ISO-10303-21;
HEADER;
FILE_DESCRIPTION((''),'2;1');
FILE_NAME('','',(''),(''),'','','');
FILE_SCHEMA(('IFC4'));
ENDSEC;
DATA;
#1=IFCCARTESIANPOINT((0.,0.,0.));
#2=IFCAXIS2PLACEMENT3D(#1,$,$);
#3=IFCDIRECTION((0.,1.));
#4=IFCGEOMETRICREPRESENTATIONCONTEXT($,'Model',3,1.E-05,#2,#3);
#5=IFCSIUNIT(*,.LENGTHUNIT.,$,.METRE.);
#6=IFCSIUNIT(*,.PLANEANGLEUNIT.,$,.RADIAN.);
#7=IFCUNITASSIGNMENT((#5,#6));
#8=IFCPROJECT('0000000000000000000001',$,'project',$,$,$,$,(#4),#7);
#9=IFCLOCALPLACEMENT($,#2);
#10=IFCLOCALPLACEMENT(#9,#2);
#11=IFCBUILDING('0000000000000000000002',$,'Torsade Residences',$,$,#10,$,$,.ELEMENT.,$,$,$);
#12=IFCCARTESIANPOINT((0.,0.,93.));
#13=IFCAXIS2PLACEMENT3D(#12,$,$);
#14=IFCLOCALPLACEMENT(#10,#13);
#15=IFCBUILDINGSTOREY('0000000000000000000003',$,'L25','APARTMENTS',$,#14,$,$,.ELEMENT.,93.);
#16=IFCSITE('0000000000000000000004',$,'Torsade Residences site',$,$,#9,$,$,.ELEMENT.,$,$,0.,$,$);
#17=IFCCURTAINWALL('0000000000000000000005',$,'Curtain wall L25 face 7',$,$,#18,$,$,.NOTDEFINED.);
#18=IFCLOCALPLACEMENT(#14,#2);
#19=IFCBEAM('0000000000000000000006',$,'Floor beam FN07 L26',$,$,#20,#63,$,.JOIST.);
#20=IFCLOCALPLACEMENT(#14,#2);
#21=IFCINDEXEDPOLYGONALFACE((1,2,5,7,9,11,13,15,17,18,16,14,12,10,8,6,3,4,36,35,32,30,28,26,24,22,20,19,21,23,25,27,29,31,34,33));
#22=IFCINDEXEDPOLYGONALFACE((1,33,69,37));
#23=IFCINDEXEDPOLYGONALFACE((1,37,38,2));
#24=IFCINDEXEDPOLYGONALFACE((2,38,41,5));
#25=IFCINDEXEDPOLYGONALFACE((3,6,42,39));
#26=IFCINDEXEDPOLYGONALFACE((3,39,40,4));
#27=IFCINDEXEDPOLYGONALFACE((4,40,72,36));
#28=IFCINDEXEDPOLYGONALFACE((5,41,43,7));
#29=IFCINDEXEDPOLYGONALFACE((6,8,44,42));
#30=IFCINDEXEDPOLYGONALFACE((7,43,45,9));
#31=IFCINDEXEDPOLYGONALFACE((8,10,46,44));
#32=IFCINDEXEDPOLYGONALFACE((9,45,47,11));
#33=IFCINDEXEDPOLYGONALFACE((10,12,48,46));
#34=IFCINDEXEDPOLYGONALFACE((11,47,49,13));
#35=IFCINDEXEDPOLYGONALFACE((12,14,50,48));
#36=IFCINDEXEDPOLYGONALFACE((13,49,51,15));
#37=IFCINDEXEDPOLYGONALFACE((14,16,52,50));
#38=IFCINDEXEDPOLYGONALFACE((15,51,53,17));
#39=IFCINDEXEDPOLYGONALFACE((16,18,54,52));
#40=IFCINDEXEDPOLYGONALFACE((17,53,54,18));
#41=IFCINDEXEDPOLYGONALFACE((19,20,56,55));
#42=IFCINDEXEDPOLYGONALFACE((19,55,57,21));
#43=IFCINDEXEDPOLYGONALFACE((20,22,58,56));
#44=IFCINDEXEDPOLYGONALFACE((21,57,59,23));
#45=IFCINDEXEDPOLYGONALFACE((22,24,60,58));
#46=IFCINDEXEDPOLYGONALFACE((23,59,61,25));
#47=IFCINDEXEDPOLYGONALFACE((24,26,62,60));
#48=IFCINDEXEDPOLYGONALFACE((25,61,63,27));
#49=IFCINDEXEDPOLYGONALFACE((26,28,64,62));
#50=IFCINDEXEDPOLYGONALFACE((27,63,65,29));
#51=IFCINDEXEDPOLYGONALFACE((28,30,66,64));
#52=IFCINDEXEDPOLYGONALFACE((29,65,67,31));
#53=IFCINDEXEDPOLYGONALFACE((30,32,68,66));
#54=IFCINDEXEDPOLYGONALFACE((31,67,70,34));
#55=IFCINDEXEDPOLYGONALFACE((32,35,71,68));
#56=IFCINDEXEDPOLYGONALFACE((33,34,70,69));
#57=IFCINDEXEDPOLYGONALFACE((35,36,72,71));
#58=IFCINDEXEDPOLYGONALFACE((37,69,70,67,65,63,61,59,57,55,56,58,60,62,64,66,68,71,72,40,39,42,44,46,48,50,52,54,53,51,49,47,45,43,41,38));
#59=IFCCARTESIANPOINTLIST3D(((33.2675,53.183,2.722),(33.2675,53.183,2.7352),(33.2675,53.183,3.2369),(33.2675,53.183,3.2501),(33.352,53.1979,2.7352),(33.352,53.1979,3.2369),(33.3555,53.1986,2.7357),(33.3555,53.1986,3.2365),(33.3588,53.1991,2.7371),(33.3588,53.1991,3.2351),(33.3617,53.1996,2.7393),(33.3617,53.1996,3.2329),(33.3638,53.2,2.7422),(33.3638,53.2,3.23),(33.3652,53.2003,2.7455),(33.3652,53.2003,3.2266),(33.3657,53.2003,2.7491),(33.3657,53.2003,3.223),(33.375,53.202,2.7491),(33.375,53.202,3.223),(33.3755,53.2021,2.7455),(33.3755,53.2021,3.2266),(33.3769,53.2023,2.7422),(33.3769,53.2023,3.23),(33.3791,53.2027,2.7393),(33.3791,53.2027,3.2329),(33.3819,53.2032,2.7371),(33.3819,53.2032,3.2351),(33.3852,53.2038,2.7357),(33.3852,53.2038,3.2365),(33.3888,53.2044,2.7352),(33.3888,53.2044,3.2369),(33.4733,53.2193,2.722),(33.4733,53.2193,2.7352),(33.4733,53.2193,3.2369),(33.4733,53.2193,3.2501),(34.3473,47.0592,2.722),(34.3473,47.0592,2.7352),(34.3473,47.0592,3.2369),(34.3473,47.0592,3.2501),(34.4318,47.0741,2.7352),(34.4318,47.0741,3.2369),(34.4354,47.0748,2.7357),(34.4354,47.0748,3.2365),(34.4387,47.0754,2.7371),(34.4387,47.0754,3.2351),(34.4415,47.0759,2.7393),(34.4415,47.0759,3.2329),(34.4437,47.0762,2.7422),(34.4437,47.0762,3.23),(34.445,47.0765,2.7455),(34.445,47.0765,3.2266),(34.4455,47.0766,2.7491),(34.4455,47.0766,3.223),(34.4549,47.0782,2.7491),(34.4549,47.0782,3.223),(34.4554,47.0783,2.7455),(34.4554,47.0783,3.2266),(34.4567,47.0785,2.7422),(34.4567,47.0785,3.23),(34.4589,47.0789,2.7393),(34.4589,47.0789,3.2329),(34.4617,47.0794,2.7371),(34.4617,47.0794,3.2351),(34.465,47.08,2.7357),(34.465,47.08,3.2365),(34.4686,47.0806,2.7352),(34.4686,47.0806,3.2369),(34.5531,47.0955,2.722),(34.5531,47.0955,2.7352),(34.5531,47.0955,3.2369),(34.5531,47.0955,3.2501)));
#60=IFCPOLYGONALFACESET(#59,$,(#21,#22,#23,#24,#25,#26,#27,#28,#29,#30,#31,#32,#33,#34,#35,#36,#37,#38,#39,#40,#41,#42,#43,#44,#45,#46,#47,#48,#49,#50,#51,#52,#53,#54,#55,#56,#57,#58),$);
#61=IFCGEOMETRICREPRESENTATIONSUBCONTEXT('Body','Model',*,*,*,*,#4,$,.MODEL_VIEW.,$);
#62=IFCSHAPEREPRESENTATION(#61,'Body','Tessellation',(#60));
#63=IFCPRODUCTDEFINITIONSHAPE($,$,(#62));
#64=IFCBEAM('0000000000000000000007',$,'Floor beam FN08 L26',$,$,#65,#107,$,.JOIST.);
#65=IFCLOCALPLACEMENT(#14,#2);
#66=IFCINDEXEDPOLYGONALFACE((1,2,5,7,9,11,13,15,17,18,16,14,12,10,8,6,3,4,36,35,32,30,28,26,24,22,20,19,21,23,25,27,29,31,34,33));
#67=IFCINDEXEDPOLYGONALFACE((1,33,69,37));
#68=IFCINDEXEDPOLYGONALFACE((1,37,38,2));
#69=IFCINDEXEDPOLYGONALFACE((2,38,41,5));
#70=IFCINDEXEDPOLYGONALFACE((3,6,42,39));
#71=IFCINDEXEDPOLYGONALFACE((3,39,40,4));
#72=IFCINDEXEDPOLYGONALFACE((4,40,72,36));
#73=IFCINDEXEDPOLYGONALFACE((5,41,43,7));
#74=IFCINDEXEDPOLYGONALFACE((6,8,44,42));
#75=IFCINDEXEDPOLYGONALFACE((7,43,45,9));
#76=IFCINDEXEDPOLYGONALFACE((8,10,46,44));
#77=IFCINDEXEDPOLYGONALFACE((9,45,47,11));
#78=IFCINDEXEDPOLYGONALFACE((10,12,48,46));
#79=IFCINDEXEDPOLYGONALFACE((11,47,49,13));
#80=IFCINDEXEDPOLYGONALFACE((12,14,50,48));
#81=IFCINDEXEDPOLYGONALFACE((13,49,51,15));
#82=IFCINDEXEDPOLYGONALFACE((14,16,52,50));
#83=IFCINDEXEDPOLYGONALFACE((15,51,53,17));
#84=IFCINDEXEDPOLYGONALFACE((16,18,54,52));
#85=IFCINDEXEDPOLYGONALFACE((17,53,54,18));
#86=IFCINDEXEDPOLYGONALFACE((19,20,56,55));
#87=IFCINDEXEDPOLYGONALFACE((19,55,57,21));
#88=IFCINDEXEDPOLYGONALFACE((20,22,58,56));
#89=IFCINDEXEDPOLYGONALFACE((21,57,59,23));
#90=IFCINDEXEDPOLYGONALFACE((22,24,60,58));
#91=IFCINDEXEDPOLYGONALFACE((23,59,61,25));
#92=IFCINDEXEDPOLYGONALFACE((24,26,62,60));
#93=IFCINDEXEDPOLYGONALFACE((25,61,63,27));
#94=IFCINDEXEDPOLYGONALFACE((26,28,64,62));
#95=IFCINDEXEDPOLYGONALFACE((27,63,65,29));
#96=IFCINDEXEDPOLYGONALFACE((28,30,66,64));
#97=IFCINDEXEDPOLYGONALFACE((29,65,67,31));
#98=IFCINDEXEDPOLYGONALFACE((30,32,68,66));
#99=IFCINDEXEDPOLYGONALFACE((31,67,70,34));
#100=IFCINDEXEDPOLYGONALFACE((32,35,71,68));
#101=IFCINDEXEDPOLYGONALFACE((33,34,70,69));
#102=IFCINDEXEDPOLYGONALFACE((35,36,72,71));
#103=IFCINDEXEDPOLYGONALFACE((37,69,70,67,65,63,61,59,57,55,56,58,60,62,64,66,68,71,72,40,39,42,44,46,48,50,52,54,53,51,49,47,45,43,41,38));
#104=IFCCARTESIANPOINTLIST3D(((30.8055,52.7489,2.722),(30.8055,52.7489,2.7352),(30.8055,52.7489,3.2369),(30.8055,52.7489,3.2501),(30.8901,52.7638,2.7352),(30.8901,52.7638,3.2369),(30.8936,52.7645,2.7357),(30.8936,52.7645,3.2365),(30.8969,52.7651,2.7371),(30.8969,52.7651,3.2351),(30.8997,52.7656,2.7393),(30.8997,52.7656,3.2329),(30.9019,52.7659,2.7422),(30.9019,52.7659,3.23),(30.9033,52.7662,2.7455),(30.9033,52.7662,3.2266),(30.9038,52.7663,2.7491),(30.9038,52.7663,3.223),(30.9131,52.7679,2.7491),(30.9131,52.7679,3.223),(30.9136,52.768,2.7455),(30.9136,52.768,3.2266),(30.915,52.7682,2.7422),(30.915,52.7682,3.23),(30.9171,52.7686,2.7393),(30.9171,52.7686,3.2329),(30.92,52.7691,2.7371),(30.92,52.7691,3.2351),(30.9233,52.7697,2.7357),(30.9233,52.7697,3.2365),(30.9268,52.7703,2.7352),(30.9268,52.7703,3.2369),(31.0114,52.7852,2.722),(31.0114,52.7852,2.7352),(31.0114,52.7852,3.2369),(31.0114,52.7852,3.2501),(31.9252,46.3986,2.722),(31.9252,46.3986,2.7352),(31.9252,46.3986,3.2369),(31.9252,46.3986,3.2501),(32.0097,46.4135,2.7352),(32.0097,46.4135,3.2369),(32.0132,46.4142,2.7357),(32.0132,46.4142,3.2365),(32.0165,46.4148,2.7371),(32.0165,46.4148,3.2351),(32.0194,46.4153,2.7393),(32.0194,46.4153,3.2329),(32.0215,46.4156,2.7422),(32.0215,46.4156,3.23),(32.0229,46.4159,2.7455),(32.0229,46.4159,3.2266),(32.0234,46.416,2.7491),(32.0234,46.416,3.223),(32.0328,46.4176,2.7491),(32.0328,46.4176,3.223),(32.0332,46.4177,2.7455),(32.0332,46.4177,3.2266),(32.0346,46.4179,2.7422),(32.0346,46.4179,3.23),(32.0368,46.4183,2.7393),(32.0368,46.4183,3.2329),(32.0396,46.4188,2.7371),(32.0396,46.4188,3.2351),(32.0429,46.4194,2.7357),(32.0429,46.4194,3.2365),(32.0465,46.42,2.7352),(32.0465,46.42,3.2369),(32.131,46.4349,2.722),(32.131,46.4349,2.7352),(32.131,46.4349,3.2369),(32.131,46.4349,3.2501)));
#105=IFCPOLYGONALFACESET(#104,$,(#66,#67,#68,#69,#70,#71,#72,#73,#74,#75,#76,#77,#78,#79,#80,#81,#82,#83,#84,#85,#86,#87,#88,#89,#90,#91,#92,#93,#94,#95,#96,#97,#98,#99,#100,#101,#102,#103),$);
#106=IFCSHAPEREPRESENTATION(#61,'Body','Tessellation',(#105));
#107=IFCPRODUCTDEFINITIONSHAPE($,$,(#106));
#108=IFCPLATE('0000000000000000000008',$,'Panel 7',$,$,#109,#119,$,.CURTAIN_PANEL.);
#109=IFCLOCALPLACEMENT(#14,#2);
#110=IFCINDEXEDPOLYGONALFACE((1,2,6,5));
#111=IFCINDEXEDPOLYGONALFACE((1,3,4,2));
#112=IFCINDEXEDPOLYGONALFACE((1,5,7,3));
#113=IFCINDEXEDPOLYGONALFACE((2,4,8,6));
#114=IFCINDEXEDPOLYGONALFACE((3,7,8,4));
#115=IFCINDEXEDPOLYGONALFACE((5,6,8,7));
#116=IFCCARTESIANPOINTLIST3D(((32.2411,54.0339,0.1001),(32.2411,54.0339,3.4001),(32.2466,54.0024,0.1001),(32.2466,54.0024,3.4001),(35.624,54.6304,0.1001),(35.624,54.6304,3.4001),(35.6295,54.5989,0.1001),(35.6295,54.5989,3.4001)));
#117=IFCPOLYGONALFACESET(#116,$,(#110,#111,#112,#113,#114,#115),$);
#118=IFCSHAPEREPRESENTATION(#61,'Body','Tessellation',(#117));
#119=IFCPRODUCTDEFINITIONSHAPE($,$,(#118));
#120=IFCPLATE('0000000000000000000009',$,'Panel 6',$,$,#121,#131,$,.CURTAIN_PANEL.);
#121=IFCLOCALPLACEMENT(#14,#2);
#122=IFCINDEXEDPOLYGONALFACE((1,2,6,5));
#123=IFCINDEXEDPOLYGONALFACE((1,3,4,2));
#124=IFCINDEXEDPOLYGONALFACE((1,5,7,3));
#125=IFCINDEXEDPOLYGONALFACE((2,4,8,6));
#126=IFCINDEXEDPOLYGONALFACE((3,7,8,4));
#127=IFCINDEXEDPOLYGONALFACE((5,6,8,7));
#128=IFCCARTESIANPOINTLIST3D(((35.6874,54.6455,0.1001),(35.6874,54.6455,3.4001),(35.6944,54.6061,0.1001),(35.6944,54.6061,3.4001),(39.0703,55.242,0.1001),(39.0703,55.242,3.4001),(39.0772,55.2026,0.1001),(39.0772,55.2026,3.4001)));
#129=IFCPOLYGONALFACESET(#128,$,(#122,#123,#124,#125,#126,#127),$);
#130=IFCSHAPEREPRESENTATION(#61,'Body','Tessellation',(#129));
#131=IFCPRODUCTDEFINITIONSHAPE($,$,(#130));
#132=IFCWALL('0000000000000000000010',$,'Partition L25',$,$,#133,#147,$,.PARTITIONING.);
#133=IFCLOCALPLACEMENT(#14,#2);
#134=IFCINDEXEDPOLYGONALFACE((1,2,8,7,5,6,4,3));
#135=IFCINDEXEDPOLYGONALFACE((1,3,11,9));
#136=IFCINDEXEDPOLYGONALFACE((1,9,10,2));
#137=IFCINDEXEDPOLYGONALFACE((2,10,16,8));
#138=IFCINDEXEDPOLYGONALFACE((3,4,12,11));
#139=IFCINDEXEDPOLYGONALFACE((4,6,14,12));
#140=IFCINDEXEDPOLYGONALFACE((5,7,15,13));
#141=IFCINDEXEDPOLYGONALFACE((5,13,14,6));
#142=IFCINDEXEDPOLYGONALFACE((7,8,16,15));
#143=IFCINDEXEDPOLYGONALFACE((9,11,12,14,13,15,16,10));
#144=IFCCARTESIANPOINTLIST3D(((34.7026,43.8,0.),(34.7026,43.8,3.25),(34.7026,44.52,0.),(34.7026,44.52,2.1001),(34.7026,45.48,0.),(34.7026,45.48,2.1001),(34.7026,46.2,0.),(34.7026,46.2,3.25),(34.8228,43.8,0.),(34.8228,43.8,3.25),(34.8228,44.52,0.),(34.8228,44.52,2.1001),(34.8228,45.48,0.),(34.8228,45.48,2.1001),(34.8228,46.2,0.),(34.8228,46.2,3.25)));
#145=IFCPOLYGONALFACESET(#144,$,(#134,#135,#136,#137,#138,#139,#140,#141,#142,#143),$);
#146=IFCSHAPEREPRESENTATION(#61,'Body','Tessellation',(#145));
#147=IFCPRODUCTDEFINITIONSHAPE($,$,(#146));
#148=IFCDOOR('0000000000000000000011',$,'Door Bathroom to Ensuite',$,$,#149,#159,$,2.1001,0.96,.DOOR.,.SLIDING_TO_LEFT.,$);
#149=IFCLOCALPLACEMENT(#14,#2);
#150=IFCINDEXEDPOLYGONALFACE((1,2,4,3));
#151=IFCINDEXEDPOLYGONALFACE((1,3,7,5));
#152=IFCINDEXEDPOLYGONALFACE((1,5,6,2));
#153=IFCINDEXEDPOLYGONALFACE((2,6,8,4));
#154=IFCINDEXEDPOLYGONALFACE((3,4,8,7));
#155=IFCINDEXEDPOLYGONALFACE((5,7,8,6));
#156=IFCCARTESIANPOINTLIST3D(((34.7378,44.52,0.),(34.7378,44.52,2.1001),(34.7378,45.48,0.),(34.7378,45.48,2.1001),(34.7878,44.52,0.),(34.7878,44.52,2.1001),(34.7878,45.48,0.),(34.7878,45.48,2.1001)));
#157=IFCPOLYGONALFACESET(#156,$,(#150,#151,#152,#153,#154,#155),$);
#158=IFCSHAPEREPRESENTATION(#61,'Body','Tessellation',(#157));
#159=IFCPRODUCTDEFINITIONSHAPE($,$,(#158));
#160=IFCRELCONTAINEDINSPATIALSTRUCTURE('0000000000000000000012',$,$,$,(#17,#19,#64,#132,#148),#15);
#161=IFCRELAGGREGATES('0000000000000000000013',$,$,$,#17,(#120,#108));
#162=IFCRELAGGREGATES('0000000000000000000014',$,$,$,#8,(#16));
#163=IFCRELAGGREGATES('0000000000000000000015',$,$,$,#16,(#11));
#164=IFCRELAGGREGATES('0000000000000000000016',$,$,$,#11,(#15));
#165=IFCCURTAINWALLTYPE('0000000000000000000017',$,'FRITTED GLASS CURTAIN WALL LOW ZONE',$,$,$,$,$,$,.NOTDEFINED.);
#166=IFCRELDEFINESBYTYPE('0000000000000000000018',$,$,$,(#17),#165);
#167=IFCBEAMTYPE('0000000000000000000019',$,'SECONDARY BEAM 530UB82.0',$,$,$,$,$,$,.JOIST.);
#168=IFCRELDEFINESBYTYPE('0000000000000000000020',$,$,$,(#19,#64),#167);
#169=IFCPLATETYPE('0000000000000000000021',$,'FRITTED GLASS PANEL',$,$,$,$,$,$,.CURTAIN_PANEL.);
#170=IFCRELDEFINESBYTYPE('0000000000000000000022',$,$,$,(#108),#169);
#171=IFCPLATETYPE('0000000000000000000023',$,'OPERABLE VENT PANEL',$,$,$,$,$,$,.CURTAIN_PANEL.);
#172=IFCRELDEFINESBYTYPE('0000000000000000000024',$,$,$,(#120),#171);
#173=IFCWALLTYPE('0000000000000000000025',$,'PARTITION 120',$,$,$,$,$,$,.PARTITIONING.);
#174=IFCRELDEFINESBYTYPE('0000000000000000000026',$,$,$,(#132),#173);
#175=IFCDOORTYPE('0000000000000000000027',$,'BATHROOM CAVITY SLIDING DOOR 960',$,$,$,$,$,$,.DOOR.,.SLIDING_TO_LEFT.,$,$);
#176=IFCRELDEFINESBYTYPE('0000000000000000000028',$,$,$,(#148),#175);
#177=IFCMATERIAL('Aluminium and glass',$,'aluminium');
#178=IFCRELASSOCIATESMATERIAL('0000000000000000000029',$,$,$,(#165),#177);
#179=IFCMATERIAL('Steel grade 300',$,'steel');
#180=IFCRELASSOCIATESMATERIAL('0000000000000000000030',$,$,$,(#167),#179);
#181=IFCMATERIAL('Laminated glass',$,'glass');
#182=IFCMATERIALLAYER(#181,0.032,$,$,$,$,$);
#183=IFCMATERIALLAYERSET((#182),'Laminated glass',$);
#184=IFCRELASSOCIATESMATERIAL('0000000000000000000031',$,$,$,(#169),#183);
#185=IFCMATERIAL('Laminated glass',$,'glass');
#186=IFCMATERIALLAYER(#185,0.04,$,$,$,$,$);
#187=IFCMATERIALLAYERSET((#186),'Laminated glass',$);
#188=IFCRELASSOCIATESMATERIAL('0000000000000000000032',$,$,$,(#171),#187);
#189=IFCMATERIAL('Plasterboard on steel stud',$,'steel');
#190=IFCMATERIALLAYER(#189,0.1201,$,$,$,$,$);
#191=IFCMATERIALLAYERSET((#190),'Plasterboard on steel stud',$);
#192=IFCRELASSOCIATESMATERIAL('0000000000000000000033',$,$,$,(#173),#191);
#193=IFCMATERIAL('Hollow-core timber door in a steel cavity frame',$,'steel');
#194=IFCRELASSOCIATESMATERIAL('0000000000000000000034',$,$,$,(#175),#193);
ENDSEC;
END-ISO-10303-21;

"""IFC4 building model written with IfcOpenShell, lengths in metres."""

from ifc_helpers import new_model, si_unit, direction, frame, frame_2d, origin, origin_2d, place, context, subcontext, project, spatial, rectangle, i_section, extrude, material, layer, layer_set, material_profile, profile_set, type_object, element, fill, aggregate, save


model = new_model("IFC4")

# Units and contexts
model_context = context("Model", 3, precision=1e-05, world=origin(), true_north=direction((0.0, 1.0)))
body_context = subcontext(model_context, "Body", "Model", "MODEL_VIEW")
ifc_project = project(units=[si_unit("LENGTHUNIT", "METRE"), si_unit("PLANEANGLEUNIT", "RADIAN")], contexts=[model_context])

# Site, building, storey
site_placement = place(None, origin())
site = spatial("IfcSite", under=ifc_project, at=site_placement, Name="Torsade Residences site", CompositionType="ELEMENT", RefElevation=0.0)
building_placement = place(site_placement, origin())
building = spatial("IfcBuilding", under=site, at=building_placement, Name="Torsade Residences", CompositionType="ELEMENT")
storey_placement = place(building_placement, frame((0.0, 0.0, 93.0)))
storey = spatial("IfcBuildingStorey", under=building, at=storey_placement, Name="L25", Description="APARTMENTS", CompositionType="ELEMENT", Elevation=93.0)

# Curtain wall
ifc_material_1 = material(Name="Aluminium and glass", Category="aluminium")
curtain_wall_type = type_object("IfcCurtainWallType", Name="FRITTED GLASS CURTAIN WALL LOW ZONE", PredefinedType="NOTDEFINED", material=ifc_material_1)
curtain_wall_placement = place(storey_placement, origin())
curtain_wall = element("IfcCurtainWall", 1, at=curtain_wall_placement, inside=storey, type_object=curtain_wall_type, Name="Curtain wall L25 face 7", PredefinedType="NOTDEFINED")

# Beams
ifc_material_2 = material(Name="Steel grade 300", Category="steel")
ifc_material_profile_1 = material_profile(ifc_material_2, i_section(OverallWidth=0.209, OverallDepth=0.5281, WebThickness=0.0095, FlangeThickness=0.0132, FilletRadius=0.0139, at=origin_2d()), Name="530UB82.0")
ifc_profile_set_1 = profile_set([ifc_material_profile_1], Name="Steel grade 300")
beam_type_1 = type_object("IfcBeamType", Name="SECONDARY BEAM 530UB82.0", PredefinedType="JOIST", material=ifc_profile_set_1)
beam_1_placement = place(storey_placement, frame((33.3704, 53.2012, 2.9861), z_axis=(0.173655, -0.984806, 0.0), x_axis=(0.984806, 0.173655, 0.0)))
element("IfcBeam", 2, at=beam_1_placement, inside=storey, type_object=beam_type_1, Name="Floor beam FN07 L26", PredefinedType="JOIST", context=body_context, shape_type="SweptSolid", body=[
    extrude(i_section(OverallWidth=0.209, OverallDepth=0.5281, WebThickness=0.0095, FlangeThickness=0.0132, FilletRadius=0.0139, at=origin_2d()), origin(), (0.0, 0.0, 1.0), 6.2183),
])
beam_2_placement = place(storey_placement, frame((30.9084, 52.7671, 2.9861), z_axis=(0.173632, -0.984811, 0.0), x_axis=(0.984811, 0.173632, 0.0)))
element("IfcBeam", 3, at=beam_2_placement, inside=storey, type_object=beam_type_1, Name="Floor beam FN08 L26", PredefinedType="JOIST", context=body_context, shape_type="SweptSolid", body=[
    extrude(i_section(OverallWidth=0.209, OverallDepth=0.5281, WebThickness=0.0095, FlangeThickness=0.0132, FilletRadius=0.0139, at=origin_2d()), origin(), (0.0, 0.0, 1.0), 6.4482),
])

# Plates
ifc_material_3 = material(Name="Laminated glass", Category="glass")
ifc_layer_1 = layer(ifc_material_3, 0.032)
ifc_layer_set_1 = layer_set([ifc_layer_1], Name="Laminated glass")
plate_type_1 = type_object("IfcPlateType", Name="FRITTED GLASS PANEL", PredefinedType="CURTAIN_PANEL", material=ifc_layer_set_1)
plate_1_placement = place(storey_placement, frame((33.9353, 54.3164, 0.1001), z_axis=(0.0, 0.0, 1.0), x_axis=(-0.984808, -0.173648, 0.0)))
plate_1 = element("IfcPlate", 4, at=plate_1_placement, type_object=plate_type_1, Name="Panel 7", PredefinedType="CURTAIN_PANEL", context=body_context, shape_type="SweptSolid", body=[
    extrude(rectangle(XDim=3.4351, YDim=0.032, at=origin_2d()), origin(), (0.0, 0.0, 1.0), 3.3),
])
ifc_material_4 = material(Name="Laminated glass", Category="glass")
ifc_layer_2 = layer(ifc_material_4, 0.04)
ifc_layer_set_2 = layer_set([ifc_layer_2], Name="Laminated glass")
plate_type_2 = type_object("IfcPlateType", Name="OPERABLE VENT PANEL", PredefinedType="CURTAIN_PANEL", material=ifc_layer_set_2)
plate_2_placement = place(storey_placement, frame((37.3823, 54.9241, 0.1001), z_axis=(0.0, 0.0, 1.0), x_axis=(-0.984808, -0.173648, 0.0)))
plate_2 = element("IfcPlate", 5, at=plate_2_placement, type_object=plate_type_2, Name="Panel 6", PredefinedType="CURTAIN_PANEL", context=body_context, shape_type="SweptSolid", body=[
    extrude(rectangle(XDim=3.4351, YDim=0.04, at=origin_2d()), origin(), (0.0, 0.0, 1.0), 3.3),
])
aggregate(curtain_wall, [plate_2, plate_1])

# Wall, opening, door
ifc_material_5 = material(Name="Plasterboard on steel stud", Category="steel")
ifc_layer_3 = layer(ifc_material_5, 0.1201)
ifc_layer_set_3 = layer_set([ifc_layer_3], Name="Plasterboard on steel stud")
wall_type = type_object("IfcWallType", Name="PARTITION 120", PredefinedType="PARTITIONING", material=ifc_layer_set_3)
wall_1_placement = place(storey_placement, frame((34.7627, 43.8, 0.0), z_axis=(0.0, 0.0, 1.0), x_axis=(0.0, 1.0, 0.0)))
wall_1 = element("IfcWall", 6, at=wall_1_placement, inside=storey, type_object=wall_type, Name="Partition L25", PredefinedType="PARTITIONING", context=body_context, shape_type="SweptSolid", body=[
    extrude(rectangle(XDim=2.3999, YDim=0.1201, at=frame_2d((1.2, 0.0))), origin(), (0.0, 0.0, 1.0), 3.25),
])
opening_1_placement = place(wall_1_placement, frame((0.72, 0.0, 0.0)))
opening_1 = element("IfcOpeningElement", 7, at=opening_1_placement, cuts=wall_1, PredefinedType="OPENING", context=body_context, shape_type="SweptSolid", body=[
    extrude(rectangle(XDim=0.96, YDim=2.1001, at=frame_2d((0.48, 1.05))), frame((0.0, 0.0701, 0.0), z_axis=(0.0, -1.0, 0.0), x_axis=(1.0, 0.0, 0.0)), (0.0, 0.0, 1.0), 0.1401),
])
ifc_material_6 = material(Name="Hollow-core timber door in a steel cavity frame", Category="steel")
door_type_1 = type_object("IfcDoorType", Name="BATHROOM CAVITY SLIDING DOOR 960", OperationType="SLIDING_TO_LEFT", PredefinedType="DOOR", material=ifc_material_6)
door_1_placement = place(opening_1_placement, origin())
door_1 = element("IfcDoor", 8, at=door_1_placement, inside=storey, type_object=door_type_1, Name="Door Bathroom to Ensuite", OperationType="SLIDING_TO_LEFT", OverallHeight=2.1001, OverallWidth=0.96, PredefinedType="DOOR", context=body_context, shape_type="SweptSolid", body=[
    extrude(rectangle(XDim=0.96, YDim=2.1001, at=frame_2d((0.48, 1.05))), frame((0.0, 0.0249, 0.0), z_axis=(0.0, -1.0, 0.0), x_axis=(1.0, 0.0, 0.0)), (0.0, 0.0, 1.0), 0.05),
])
fill(opening_1, door_1)

save(model, "model.ifc")
